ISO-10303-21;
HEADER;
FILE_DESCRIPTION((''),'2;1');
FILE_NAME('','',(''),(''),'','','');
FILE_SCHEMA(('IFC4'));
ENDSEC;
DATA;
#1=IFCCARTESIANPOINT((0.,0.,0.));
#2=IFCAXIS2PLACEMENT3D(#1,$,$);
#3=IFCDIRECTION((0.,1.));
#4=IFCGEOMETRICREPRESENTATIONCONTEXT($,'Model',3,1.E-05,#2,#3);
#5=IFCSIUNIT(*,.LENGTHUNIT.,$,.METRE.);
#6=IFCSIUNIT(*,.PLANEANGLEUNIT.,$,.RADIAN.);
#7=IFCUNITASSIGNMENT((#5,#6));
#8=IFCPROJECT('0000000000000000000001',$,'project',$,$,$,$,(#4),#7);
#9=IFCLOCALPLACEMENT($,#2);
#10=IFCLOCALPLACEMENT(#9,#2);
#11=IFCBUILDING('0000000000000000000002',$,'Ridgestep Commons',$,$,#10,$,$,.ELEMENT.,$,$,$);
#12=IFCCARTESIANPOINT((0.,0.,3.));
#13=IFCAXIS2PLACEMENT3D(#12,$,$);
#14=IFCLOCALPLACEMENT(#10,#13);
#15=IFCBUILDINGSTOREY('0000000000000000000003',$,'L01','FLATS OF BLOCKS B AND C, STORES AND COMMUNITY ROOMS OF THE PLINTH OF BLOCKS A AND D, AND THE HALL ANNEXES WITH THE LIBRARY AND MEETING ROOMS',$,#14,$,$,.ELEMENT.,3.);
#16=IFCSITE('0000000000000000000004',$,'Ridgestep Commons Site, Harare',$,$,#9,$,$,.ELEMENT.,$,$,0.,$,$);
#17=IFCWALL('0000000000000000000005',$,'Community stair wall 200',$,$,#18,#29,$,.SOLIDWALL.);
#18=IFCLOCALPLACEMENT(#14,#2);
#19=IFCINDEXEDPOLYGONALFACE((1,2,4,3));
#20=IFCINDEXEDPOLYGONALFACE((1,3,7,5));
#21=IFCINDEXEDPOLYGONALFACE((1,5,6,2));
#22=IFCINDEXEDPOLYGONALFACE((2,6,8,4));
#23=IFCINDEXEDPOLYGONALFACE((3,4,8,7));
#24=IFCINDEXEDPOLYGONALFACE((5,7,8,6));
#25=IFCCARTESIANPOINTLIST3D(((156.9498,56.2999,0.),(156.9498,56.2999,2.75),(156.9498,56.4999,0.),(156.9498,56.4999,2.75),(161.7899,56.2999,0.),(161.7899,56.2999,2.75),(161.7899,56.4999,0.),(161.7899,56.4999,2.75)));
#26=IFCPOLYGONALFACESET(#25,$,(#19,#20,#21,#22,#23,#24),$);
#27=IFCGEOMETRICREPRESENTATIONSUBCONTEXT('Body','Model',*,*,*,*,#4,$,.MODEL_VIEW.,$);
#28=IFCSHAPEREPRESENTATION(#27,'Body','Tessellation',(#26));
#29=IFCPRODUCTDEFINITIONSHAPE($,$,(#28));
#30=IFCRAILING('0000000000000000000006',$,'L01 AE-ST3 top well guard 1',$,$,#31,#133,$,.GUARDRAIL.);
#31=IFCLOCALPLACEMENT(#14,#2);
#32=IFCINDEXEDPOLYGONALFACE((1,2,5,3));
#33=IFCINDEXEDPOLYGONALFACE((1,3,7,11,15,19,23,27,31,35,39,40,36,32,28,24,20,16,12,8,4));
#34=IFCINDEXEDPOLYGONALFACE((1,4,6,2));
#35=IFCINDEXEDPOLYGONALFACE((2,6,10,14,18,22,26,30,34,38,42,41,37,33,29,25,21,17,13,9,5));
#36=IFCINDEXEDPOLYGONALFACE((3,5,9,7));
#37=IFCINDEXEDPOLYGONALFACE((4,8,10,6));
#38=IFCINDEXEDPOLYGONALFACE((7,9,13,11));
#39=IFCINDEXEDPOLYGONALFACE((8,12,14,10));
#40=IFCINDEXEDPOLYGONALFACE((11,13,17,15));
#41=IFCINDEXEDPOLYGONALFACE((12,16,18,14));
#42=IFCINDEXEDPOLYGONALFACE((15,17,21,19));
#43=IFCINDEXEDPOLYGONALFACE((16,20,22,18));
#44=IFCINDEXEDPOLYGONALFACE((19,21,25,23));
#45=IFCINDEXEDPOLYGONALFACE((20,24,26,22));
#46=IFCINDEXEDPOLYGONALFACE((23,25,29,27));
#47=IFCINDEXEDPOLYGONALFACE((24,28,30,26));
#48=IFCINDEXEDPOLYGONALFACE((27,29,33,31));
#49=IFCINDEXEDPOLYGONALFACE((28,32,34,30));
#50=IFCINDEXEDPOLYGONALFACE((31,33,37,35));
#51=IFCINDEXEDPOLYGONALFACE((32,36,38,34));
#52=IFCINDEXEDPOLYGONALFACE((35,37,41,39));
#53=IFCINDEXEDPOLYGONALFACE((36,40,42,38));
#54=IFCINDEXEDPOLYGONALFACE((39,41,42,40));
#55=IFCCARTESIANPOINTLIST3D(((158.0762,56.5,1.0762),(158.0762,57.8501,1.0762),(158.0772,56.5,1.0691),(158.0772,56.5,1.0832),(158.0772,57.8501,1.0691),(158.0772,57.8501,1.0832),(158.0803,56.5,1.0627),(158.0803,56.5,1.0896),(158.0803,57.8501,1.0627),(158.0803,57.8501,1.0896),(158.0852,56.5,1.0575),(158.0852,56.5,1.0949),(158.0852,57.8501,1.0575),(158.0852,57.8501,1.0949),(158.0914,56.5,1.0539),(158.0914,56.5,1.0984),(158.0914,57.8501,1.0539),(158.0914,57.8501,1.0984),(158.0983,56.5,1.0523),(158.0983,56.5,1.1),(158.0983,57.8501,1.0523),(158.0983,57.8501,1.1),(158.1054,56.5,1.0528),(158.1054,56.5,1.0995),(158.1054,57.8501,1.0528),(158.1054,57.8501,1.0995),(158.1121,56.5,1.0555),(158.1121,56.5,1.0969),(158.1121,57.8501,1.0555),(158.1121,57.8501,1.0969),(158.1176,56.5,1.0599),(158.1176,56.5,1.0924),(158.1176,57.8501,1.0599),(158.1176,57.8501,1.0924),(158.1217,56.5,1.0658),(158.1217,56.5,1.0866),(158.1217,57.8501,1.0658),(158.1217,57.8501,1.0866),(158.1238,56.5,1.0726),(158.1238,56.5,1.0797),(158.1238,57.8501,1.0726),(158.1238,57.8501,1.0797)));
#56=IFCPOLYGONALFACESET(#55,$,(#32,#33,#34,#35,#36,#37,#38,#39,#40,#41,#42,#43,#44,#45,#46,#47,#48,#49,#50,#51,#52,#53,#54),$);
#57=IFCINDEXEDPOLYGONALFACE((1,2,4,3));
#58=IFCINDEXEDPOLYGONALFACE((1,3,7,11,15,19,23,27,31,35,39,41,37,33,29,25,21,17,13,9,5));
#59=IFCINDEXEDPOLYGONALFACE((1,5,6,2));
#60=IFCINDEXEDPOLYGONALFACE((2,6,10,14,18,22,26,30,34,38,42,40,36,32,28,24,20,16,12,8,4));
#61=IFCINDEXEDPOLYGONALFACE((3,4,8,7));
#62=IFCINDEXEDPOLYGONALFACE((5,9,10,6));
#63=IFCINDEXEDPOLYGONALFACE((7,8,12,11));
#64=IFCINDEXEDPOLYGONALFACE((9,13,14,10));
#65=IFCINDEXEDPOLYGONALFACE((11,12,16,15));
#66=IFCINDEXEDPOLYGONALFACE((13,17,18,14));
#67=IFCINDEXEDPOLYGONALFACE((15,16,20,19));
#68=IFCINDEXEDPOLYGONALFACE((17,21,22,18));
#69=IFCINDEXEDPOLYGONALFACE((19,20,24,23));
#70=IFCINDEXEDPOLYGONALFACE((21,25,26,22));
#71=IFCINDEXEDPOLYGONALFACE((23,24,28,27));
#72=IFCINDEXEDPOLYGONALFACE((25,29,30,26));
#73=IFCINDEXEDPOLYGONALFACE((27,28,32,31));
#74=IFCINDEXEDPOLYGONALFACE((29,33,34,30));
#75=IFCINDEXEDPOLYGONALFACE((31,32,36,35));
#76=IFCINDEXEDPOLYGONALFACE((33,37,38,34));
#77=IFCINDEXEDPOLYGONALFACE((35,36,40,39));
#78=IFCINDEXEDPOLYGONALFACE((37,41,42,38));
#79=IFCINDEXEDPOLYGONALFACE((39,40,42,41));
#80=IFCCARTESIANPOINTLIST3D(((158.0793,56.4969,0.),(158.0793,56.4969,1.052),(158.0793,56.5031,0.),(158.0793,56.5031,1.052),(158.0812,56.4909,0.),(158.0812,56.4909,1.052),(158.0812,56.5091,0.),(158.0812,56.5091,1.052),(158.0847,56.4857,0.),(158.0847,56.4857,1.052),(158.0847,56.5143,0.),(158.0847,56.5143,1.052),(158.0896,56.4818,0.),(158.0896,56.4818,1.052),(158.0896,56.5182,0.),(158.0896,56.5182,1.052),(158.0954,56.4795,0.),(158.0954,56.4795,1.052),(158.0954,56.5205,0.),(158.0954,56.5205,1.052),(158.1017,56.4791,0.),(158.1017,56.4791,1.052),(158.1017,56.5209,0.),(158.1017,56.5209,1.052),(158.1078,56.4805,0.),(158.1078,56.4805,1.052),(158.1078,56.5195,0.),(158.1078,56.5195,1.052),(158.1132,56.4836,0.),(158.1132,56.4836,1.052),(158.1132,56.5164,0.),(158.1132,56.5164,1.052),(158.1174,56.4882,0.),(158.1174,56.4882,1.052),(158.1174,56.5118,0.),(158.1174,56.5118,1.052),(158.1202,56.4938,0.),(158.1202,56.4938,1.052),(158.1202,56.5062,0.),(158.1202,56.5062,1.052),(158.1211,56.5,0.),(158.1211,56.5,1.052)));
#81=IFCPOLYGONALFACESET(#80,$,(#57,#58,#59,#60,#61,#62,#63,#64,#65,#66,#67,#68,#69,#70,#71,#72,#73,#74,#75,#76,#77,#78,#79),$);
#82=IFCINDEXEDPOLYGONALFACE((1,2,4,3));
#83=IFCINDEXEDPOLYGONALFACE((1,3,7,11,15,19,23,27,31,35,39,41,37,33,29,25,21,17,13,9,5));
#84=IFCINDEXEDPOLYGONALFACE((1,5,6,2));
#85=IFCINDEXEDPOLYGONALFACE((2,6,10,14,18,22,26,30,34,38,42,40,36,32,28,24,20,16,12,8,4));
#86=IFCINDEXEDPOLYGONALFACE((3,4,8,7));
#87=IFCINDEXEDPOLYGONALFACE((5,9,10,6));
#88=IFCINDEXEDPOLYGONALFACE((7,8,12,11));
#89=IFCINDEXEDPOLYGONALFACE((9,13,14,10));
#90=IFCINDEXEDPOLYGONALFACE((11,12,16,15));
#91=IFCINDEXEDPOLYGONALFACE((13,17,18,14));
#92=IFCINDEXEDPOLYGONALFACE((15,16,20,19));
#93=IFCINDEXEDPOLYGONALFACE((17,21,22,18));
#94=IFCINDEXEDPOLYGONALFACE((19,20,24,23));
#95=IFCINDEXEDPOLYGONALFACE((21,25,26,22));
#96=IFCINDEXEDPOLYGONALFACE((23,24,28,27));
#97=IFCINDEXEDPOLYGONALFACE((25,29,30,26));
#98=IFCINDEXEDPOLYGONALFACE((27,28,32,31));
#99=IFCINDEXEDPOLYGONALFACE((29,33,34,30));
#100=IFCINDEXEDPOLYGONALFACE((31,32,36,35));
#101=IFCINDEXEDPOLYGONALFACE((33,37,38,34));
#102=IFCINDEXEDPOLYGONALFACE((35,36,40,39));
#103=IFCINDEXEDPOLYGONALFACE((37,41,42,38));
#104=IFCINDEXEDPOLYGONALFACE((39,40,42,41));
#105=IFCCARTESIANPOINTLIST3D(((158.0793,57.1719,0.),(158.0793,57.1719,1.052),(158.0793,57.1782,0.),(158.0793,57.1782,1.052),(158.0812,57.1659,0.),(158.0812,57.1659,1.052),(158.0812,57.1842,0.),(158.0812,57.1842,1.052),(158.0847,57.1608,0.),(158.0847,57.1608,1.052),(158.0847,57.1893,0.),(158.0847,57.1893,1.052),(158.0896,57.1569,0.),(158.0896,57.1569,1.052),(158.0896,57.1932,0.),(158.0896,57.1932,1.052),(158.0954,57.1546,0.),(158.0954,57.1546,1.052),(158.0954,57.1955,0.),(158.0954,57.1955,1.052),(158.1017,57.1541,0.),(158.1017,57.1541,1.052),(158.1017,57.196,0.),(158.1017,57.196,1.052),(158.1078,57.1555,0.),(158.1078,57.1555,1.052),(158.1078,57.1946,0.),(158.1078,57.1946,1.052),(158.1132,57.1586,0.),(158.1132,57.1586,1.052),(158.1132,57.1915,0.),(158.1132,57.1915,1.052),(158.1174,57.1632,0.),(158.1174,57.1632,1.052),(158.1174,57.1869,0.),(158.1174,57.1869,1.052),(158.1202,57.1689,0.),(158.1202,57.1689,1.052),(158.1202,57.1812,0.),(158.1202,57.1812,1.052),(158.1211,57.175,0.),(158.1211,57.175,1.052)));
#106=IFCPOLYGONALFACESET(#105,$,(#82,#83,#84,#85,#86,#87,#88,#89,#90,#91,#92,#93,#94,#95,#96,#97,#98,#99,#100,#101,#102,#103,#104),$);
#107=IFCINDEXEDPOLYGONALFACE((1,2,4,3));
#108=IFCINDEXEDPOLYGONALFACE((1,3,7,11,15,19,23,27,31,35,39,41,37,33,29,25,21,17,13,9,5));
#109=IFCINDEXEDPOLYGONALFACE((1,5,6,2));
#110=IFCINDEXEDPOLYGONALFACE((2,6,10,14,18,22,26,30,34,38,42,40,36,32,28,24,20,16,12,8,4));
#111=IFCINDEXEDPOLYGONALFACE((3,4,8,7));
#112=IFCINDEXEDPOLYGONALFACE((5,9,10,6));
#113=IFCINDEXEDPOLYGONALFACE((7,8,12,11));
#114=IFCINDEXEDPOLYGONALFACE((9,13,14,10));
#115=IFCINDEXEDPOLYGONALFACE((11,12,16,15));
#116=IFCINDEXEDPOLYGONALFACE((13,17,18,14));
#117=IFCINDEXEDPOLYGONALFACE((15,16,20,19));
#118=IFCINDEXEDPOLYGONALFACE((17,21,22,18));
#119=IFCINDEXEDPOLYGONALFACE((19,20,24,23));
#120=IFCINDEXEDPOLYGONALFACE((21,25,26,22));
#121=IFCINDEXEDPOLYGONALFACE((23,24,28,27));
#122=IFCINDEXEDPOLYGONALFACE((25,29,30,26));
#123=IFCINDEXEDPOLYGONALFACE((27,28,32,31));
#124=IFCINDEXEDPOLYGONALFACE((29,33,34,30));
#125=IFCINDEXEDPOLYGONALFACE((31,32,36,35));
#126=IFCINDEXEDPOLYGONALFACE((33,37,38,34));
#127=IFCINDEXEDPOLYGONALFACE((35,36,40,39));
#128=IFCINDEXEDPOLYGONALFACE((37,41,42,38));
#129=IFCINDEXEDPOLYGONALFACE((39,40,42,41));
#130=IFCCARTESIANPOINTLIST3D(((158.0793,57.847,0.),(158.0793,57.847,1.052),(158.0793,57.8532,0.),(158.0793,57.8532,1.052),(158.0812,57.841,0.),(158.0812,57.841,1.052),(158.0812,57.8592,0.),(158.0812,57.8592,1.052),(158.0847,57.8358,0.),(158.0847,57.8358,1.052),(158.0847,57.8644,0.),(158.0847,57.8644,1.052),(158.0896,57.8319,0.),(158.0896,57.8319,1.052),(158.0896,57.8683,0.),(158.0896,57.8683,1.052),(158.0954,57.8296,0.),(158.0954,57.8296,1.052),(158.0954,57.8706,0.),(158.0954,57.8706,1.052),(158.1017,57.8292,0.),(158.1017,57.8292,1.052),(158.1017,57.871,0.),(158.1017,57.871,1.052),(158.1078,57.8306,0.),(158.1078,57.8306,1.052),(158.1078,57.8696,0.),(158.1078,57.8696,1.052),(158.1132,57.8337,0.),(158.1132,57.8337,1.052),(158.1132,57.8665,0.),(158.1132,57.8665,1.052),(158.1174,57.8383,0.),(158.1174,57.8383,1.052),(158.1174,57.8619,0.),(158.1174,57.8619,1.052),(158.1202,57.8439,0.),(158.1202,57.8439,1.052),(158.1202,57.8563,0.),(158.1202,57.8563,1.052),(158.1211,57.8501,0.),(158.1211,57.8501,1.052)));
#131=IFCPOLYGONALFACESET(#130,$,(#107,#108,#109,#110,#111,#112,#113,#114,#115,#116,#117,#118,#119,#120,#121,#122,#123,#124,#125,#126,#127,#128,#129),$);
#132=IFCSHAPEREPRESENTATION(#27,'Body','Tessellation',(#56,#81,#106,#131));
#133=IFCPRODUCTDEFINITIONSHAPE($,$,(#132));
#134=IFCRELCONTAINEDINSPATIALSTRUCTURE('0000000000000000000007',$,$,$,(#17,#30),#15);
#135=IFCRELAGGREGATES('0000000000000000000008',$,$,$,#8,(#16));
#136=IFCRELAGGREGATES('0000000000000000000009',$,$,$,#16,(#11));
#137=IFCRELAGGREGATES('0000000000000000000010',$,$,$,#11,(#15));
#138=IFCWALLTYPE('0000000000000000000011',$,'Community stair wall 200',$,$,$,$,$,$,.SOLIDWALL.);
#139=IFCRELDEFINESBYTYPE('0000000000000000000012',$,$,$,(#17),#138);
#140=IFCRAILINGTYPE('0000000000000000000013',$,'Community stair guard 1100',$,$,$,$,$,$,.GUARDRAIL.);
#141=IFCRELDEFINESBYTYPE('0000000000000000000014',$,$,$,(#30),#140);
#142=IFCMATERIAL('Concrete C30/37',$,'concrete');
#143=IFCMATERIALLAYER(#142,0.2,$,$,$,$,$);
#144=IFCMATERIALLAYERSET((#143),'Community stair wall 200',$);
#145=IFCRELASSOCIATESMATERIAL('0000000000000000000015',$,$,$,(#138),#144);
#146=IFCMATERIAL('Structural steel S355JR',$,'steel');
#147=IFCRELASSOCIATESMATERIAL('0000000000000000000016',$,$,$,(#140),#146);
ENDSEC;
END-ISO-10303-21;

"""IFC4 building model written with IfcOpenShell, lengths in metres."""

from ifc_helpers import new_model, si_unit, direction, frame, frame_2d, origin, origin_2d, place, context, subcontext, project, spatial, rectangle, circle, extrude, material, layer, layer_set, type_object, element, save


model = new_model("IFC4")

# Units and contexts
model_context = context("Model", 3, precision=1e-05, world=origin(), true_north=direction((0.0, 1.0)))
body_context = subcontext(model_context, "Body", "Model", "MODEL_VIEW")
ifc_project = project(units=[si_unit("LENGTHUNIT", "METRE"), si_unit("PLANEANGLEUNIT", "RADIAN")], contexts=[model_context])

# Site, building, storey
site_placement = place(None, origin())
site = spatial("IfcSite", under=ifc_project, at=site_placement, Name="Ridgestep Commons Site, Harare", CompositionType="ELEMENT", RefElevation=0.0)
building_placement = place(site_placement, origin())
building = spatial("IfcBuilding", under=site, at=building_placement, Name="Ridgestep Commons", CompositionType="ELEMENT")
storey_placement = place(building_placement, frame((0.0, 0.0, 3.0)))
storey = spatial("IfcBuildingStorey", under=building, at=storey_placement, Name="L01", Description="FLATS OF BLOCKS B AND C, STORES AND COMMUNITY ROOMS OF THE PLINTH OF BLOCKS A AND D, AND THE HALL ANNEXES WITH THE LIBRARY AND MEETING ROOMS", CompositionType="ELEMENT", Elevation=3.0)

# Shared definitions
ifc_material_1 = material(Name="Concrete C30/37", Category="concrete")
ifc_layer_1 = layer(ifc_material_1, 0.2)
ifc_layer_set_1 = layer_set([ifc_layer_1], Name="Community stair wall 200")
wall_type_1 = type_object("IfcWallType", Name="Community stair wall 200", PredefinedType="SOLIDWALL", material=ifc_layer_set_1)

# Wall
wall_1_placement = place(storey_placement, frame((156.95, 56.3999, 0.0), z_axis=(0.0, 0.0, 1.0), x_axis=(1.0, 0.0, 0.0)))
element("IfcWall", 1, at=wall_1_placement, inside=storey, type_object=wall_type_1, Name="Community stair wall 200", PredefinedType="SOLIDWALL", context=body_context, shape_type="SweptSolid", body=[
    extrude(rectangle(XDim=4.8401, YDim=0.2, at=frame_2d((2.4199, 0.0))), origin(), (0.0, 0.0, 1.0), 2.75),
])

# Railing
ifc_material_2 = material(Name="Structural steel S355JR", Category="steel")
railing_type = type_object("IfcRailingType", Name="Community stair guard 1100", PredefinedType="GUARDRAIL", material=ifc_material_2)
railing_placement = place(storey_placement, frame((158.1001, 56.5, 0.0)))
element("IfcRailing", 2, at=railing_placement, inside=storey, type_object=railing_type, Name="L01 AE-ST3 top well guard 1", PredefinedType="GUARDRAIL", context=body_context, shape_type="SweptSolid", body=[
    extrude(circle(Radius=0.0239, at=origin_2d()), frame((0.0, 0.0, 1.0762), z_axis=(0.0, 1.0, 0.0), x_axis=(-1.0, 0.0, 0.0)), (0.0, 0.0, 1.0), 1.3501),
    extrude(circle(Radius=0.021, at=origin_2d()), origin(), (0.0, 0.0, 1.0), 1.052),
    extrude(circle(Radius=0.021, at=origin_2d()), frame((0.0, 0.675, 0.0)), (0.0, 0.0, 1.0), 1.052),
    extrude(circle(Radius=0.021, at=origin_2d()), frame((0.0, 1.3501, 0.0)), (0.0, 0.0, 1.0), 1.052),
])

save(model, "model.ifc")
